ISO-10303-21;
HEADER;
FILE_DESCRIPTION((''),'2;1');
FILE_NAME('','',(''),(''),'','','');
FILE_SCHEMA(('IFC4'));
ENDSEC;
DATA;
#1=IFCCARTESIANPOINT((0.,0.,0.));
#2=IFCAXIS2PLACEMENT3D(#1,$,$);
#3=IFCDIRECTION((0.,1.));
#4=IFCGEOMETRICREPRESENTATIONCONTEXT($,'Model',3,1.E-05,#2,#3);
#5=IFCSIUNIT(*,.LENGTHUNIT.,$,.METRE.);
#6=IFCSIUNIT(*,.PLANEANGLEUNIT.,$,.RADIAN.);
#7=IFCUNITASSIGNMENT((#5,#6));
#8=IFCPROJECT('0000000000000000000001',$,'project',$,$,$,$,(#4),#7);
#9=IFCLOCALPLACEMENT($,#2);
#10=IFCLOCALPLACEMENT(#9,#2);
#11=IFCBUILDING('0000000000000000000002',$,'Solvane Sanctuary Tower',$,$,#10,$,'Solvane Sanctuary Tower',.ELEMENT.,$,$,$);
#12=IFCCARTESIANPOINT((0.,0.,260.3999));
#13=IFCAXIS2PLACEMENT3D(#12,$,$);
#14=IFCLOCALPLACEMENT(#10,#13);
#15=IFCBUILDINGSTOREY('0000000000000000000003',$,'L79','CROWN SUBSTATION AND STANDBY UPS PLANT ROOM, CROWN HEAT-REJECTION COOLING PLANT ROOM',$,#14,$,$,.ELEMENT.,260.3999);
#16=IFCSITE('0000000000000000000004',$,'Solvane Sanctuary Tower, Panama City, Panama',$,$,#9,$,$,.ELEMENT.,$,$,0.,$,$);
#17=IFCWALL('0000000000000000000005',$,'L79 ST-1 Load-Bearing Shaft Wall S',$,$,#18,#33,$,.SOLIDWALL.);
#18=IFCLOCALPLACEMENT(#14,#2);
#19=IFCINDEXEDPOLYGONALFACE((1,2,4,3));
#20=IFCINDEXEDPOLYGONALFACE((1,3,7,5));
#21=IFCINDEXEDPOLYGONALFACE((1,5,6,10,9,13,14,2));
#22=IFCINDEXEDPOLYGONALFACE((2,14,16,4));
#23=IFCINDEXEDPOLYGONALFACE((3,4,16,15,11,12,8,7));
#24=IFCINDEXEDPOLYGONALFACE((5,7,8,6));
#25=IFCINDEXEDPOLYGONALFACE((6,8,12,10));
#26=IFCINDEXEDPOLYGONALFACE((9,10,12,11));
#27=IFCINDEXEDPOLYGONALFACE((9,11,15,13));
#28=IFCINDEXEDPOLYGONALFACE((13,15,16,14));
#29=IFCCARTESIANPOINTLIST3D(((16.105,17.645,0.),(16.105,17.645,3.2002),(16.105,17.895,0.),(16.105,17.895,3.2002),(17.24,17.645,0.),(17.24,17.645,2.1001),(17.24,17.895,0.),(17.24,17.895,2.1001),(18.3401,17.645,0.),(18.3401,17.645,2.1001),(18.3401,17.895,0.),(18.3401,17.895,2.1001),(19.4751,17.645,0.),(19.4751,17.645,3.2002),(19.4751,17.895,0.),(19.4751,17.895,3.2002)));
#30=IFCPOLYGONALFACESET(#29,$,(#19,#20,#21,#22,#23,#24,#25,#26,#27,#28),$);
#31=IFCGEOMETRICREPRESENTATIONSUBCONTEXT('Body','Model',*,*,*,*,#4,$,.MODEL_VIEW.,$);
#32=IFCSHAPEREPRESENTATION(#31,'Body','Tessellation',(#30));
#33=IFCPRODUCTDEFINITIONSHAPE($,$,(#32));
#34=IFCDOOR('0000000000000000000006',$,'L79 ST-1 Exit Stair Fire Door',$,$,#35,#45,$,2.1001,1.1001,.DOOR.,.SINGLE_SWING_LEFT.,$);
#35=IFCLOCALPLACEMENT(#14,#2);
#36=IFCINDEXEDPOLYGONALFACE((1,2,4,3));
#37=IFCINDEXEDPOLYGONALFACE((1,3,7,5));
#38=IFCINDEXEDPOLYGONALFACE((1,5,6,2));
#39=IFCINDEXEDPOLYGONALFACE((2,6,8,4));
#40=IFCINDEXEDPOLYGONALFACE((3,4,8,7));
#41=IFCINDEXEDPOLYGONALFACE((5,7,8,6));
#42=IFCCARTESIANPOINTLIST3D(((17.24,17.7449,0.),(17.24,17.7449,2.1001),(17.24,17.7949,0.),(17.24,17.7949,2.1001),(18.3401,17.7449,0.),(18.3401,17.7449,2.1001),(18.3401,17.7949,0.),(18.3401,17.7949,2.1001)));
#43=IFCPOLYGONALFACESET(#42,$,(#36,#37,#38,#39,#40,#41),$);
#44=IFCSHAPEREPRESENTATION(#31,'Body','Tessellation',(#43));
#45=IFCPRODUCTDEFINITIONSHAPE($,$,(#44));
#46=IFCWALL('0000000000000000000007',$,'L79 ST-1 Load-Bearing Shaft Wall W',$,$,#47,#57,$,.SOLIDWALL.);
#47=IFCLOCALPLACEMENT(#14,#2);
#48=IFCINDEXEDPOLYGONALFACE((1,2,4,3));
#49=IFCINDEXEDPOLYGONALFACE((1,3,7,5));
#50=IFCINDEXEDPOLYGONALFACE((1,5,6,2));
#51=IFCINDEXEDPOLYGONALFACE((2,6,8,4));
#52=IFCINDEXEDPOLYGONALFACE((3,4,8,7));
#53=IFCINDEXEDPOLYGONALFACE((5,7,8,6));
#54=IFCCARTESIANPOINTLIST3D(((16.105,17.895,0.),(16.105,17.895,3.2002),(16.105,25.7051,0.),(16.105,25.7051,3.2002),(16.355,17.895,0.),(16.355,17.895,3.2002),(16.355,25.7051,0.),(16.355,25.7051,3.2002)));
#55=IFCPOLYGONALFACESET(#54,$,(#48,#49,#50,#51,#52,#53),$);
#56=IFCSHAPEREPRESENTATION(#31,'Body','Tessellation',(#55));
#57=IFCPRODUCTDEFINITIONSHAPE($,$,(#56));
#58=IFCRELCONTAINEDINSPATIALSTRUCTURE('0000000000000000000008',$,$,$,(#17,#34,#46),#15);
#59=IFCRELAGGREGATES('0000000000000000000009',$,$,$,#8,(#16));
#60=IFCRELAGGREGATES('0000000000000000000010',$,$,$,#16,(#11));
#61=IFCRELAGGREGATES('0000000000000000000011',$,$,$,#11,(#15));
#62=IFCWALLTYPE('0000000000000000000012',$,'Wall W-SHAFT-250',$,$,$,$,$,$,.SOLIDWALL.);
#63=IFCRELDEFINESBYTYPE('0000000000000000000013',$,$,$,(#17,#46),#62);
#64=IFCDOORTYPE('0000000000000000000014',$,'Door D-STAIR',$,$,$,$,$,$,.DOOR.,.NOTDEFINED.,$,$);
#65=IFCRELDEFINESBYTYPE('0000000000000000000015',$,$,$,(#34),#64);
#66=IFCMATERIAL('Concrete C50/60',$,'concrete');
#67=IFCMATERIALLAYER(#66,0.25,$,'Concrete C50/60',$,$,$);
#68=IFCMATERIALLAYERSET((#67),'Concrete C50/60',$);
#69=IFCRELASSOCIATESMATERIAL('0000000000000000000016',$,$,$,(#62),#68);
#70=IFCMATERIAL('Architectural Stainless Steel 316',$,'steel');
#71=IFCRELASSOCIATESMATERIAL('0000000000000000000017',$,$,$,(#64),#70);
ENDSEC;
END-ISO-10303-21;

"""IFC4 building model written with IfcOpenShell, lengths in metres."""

from ifc_helpers import new_model, si_unit, direction, frame, frame_2d, origin, place, context, subcontext, project, spatial, rectangle, extrude, material, layer, layer_set, type_object, element, fill, save


model = new_model("IFC4")

# Units and contexts
model_context = context("Model", 3, precision=1e-05, world=origin(), true_north=direction((0.0, 1.0)))
body_context = subcontext(model_context, "Body", "Model", "MODEL_VIEW")
ifc_project = project(units=[si_unit("LENGTHUNIT", "METRE"), si_unit("PLANEANGLEUNIT", "RADIAN")], contexts=[model_context])

# Site, building, storey
site_placement = place(None, origin())
site = spatial("IfcSite", under=ifc_project, at=site_placement, Name="Solvane Sanctuary Tower, Panama City, Panama", CompositionType="ELEMENT", RefElevation=0.0)
building_placement = place(site_placement, origin())
building = spatial("IfcBuilding", under=site, at=building_placement, Name="Solvane Sanctuary Tower", LongName="Solvane Sanctuary Tower", CompositionType="ELEMENT")
storey_placement = place(building_placement, frame((0.0, 0.0, 260.3999)))
storey = spatial("IfcBuildingStorey", under=building, at=storey_placement, Name="L79", Description="CROWN SUBSTATION AND STANDBY UPS PLANT ROOM, CROWN HEAT-REJECTION COOLING PLANT ROOM", CompositionType="ELEMENT", Elevation=260.3999)

# Shared definitions
ifc_material_1 = material(Name="Concrete C50/60", Category="concrete")

# Wall, opening, door
ifc_layer_1 = layer(ifc_material_1, 0.25, Name="Concrete C50/60")
ifc_layer_set_1 = layer_set([ifc_layer_1], Name="Concrete C50/60")
wall_type_1 = type_object("IfcWallType", Name="Wall W-SHAFT-250", PredefinedType="SOLIDWALL", material=ifc_layer_set_1)
wall_1_placement = place(storey_placement, frame((16.105, 17.77, 0.0), z_axis=(0.0, 0.0, 1.0), x_axis=(1.0, 0.0, 0.0)))
wall_1 = element("IfcWall", 1, at=wall_1_placement, inside=storey, type_object=wall_type_1, Name="L79 ST-1 Load-Bearing Shaft Wall S", PredefinedType="SOLIDWALL", context=body_context, shape_type="SweptSolid", body=[
    extrude(rectangle(XDim=3.3701, YDim=0.25, at=frame_2d((1.6851, 0.0))), origin(), (0.0, 0.0, 1.0), 3.2002),
])
opening_placement = place(wall_1_placement, frame((1.135, 0.0, 0.0)))
opening = element("IfcOpeningElement", 2, at=opening_placement, cuts=wall_1, PredefinedType="OPENING", context=body_context, shape_type="SweptSolid", body=[
    extrude(rectangle(XDim=1.1001, YDim=2.1001, at=frame_2d((0.55, 1.05))), frame((0.0, 0.135, 0.0), z_axis=(0.0, -1.0, 0.0), x_axis=(1.0, 0.0, 0.0)), (0.0, 0.0, 1.0), 0.27),
])
ifc_material_2 = material(Name="Architectural Stainless Steel 316", Category="steel")
door_type = type_object("IfcDoorType", Name="Door D-STAIR", OperationType="NOTDEFINED", PredefinedType="DOOR", material=ifc_material_2)
door_placement = place(opening_placement, origin())
door = element("IfcDoor", 3, at=door_placement, inside=storey, type_object=door_type, Name="L79 ST-1 Exit Stair Fire Door", OperationType="SINGLE_SWING_LEFT", OverallHeight=2.1001, OverallWidth=1.1001, PredefinedType="DOOR", context=body_context, shape_type="SweptSolid", body=[
    extrude(rectangle(XDim=1.1001, YDim=2.1001, at=frame_2d((0.55, 1.05))), frame((0.0, 0.0249, 0.0), z_axis=(0.0, -1.0, 0.0), x_axis=(1.0, 0.0, 0.0)), (0.0, 0.0, 1.0), 0.05),
])
fill(opening, door)

# Wall
wall_2_placement = place(storey_placement, frame((16.23, 17.895, 0.0), z_axis=(0.0, 0.0, 1.0), x_axis=(0.0, 1.0, 0.0)))
element("IfcWall", 4, at=wall_2_placement, inside=storey, type_object=wall_type_1, Name="L79 ST-1 Load-Bearing Shaft Wall W", PredefinedType="SOLIDWALL", context=body_context, shape_type="SweptSolid", body=[
    extrude(rectangle(XDim=7.8101, YDim=0.25, at=frame_2d((3.905, 0.0))), origin(), (0.0, 0.0, 1.0), 3.2002),
])

save(model, "model.ifc")
